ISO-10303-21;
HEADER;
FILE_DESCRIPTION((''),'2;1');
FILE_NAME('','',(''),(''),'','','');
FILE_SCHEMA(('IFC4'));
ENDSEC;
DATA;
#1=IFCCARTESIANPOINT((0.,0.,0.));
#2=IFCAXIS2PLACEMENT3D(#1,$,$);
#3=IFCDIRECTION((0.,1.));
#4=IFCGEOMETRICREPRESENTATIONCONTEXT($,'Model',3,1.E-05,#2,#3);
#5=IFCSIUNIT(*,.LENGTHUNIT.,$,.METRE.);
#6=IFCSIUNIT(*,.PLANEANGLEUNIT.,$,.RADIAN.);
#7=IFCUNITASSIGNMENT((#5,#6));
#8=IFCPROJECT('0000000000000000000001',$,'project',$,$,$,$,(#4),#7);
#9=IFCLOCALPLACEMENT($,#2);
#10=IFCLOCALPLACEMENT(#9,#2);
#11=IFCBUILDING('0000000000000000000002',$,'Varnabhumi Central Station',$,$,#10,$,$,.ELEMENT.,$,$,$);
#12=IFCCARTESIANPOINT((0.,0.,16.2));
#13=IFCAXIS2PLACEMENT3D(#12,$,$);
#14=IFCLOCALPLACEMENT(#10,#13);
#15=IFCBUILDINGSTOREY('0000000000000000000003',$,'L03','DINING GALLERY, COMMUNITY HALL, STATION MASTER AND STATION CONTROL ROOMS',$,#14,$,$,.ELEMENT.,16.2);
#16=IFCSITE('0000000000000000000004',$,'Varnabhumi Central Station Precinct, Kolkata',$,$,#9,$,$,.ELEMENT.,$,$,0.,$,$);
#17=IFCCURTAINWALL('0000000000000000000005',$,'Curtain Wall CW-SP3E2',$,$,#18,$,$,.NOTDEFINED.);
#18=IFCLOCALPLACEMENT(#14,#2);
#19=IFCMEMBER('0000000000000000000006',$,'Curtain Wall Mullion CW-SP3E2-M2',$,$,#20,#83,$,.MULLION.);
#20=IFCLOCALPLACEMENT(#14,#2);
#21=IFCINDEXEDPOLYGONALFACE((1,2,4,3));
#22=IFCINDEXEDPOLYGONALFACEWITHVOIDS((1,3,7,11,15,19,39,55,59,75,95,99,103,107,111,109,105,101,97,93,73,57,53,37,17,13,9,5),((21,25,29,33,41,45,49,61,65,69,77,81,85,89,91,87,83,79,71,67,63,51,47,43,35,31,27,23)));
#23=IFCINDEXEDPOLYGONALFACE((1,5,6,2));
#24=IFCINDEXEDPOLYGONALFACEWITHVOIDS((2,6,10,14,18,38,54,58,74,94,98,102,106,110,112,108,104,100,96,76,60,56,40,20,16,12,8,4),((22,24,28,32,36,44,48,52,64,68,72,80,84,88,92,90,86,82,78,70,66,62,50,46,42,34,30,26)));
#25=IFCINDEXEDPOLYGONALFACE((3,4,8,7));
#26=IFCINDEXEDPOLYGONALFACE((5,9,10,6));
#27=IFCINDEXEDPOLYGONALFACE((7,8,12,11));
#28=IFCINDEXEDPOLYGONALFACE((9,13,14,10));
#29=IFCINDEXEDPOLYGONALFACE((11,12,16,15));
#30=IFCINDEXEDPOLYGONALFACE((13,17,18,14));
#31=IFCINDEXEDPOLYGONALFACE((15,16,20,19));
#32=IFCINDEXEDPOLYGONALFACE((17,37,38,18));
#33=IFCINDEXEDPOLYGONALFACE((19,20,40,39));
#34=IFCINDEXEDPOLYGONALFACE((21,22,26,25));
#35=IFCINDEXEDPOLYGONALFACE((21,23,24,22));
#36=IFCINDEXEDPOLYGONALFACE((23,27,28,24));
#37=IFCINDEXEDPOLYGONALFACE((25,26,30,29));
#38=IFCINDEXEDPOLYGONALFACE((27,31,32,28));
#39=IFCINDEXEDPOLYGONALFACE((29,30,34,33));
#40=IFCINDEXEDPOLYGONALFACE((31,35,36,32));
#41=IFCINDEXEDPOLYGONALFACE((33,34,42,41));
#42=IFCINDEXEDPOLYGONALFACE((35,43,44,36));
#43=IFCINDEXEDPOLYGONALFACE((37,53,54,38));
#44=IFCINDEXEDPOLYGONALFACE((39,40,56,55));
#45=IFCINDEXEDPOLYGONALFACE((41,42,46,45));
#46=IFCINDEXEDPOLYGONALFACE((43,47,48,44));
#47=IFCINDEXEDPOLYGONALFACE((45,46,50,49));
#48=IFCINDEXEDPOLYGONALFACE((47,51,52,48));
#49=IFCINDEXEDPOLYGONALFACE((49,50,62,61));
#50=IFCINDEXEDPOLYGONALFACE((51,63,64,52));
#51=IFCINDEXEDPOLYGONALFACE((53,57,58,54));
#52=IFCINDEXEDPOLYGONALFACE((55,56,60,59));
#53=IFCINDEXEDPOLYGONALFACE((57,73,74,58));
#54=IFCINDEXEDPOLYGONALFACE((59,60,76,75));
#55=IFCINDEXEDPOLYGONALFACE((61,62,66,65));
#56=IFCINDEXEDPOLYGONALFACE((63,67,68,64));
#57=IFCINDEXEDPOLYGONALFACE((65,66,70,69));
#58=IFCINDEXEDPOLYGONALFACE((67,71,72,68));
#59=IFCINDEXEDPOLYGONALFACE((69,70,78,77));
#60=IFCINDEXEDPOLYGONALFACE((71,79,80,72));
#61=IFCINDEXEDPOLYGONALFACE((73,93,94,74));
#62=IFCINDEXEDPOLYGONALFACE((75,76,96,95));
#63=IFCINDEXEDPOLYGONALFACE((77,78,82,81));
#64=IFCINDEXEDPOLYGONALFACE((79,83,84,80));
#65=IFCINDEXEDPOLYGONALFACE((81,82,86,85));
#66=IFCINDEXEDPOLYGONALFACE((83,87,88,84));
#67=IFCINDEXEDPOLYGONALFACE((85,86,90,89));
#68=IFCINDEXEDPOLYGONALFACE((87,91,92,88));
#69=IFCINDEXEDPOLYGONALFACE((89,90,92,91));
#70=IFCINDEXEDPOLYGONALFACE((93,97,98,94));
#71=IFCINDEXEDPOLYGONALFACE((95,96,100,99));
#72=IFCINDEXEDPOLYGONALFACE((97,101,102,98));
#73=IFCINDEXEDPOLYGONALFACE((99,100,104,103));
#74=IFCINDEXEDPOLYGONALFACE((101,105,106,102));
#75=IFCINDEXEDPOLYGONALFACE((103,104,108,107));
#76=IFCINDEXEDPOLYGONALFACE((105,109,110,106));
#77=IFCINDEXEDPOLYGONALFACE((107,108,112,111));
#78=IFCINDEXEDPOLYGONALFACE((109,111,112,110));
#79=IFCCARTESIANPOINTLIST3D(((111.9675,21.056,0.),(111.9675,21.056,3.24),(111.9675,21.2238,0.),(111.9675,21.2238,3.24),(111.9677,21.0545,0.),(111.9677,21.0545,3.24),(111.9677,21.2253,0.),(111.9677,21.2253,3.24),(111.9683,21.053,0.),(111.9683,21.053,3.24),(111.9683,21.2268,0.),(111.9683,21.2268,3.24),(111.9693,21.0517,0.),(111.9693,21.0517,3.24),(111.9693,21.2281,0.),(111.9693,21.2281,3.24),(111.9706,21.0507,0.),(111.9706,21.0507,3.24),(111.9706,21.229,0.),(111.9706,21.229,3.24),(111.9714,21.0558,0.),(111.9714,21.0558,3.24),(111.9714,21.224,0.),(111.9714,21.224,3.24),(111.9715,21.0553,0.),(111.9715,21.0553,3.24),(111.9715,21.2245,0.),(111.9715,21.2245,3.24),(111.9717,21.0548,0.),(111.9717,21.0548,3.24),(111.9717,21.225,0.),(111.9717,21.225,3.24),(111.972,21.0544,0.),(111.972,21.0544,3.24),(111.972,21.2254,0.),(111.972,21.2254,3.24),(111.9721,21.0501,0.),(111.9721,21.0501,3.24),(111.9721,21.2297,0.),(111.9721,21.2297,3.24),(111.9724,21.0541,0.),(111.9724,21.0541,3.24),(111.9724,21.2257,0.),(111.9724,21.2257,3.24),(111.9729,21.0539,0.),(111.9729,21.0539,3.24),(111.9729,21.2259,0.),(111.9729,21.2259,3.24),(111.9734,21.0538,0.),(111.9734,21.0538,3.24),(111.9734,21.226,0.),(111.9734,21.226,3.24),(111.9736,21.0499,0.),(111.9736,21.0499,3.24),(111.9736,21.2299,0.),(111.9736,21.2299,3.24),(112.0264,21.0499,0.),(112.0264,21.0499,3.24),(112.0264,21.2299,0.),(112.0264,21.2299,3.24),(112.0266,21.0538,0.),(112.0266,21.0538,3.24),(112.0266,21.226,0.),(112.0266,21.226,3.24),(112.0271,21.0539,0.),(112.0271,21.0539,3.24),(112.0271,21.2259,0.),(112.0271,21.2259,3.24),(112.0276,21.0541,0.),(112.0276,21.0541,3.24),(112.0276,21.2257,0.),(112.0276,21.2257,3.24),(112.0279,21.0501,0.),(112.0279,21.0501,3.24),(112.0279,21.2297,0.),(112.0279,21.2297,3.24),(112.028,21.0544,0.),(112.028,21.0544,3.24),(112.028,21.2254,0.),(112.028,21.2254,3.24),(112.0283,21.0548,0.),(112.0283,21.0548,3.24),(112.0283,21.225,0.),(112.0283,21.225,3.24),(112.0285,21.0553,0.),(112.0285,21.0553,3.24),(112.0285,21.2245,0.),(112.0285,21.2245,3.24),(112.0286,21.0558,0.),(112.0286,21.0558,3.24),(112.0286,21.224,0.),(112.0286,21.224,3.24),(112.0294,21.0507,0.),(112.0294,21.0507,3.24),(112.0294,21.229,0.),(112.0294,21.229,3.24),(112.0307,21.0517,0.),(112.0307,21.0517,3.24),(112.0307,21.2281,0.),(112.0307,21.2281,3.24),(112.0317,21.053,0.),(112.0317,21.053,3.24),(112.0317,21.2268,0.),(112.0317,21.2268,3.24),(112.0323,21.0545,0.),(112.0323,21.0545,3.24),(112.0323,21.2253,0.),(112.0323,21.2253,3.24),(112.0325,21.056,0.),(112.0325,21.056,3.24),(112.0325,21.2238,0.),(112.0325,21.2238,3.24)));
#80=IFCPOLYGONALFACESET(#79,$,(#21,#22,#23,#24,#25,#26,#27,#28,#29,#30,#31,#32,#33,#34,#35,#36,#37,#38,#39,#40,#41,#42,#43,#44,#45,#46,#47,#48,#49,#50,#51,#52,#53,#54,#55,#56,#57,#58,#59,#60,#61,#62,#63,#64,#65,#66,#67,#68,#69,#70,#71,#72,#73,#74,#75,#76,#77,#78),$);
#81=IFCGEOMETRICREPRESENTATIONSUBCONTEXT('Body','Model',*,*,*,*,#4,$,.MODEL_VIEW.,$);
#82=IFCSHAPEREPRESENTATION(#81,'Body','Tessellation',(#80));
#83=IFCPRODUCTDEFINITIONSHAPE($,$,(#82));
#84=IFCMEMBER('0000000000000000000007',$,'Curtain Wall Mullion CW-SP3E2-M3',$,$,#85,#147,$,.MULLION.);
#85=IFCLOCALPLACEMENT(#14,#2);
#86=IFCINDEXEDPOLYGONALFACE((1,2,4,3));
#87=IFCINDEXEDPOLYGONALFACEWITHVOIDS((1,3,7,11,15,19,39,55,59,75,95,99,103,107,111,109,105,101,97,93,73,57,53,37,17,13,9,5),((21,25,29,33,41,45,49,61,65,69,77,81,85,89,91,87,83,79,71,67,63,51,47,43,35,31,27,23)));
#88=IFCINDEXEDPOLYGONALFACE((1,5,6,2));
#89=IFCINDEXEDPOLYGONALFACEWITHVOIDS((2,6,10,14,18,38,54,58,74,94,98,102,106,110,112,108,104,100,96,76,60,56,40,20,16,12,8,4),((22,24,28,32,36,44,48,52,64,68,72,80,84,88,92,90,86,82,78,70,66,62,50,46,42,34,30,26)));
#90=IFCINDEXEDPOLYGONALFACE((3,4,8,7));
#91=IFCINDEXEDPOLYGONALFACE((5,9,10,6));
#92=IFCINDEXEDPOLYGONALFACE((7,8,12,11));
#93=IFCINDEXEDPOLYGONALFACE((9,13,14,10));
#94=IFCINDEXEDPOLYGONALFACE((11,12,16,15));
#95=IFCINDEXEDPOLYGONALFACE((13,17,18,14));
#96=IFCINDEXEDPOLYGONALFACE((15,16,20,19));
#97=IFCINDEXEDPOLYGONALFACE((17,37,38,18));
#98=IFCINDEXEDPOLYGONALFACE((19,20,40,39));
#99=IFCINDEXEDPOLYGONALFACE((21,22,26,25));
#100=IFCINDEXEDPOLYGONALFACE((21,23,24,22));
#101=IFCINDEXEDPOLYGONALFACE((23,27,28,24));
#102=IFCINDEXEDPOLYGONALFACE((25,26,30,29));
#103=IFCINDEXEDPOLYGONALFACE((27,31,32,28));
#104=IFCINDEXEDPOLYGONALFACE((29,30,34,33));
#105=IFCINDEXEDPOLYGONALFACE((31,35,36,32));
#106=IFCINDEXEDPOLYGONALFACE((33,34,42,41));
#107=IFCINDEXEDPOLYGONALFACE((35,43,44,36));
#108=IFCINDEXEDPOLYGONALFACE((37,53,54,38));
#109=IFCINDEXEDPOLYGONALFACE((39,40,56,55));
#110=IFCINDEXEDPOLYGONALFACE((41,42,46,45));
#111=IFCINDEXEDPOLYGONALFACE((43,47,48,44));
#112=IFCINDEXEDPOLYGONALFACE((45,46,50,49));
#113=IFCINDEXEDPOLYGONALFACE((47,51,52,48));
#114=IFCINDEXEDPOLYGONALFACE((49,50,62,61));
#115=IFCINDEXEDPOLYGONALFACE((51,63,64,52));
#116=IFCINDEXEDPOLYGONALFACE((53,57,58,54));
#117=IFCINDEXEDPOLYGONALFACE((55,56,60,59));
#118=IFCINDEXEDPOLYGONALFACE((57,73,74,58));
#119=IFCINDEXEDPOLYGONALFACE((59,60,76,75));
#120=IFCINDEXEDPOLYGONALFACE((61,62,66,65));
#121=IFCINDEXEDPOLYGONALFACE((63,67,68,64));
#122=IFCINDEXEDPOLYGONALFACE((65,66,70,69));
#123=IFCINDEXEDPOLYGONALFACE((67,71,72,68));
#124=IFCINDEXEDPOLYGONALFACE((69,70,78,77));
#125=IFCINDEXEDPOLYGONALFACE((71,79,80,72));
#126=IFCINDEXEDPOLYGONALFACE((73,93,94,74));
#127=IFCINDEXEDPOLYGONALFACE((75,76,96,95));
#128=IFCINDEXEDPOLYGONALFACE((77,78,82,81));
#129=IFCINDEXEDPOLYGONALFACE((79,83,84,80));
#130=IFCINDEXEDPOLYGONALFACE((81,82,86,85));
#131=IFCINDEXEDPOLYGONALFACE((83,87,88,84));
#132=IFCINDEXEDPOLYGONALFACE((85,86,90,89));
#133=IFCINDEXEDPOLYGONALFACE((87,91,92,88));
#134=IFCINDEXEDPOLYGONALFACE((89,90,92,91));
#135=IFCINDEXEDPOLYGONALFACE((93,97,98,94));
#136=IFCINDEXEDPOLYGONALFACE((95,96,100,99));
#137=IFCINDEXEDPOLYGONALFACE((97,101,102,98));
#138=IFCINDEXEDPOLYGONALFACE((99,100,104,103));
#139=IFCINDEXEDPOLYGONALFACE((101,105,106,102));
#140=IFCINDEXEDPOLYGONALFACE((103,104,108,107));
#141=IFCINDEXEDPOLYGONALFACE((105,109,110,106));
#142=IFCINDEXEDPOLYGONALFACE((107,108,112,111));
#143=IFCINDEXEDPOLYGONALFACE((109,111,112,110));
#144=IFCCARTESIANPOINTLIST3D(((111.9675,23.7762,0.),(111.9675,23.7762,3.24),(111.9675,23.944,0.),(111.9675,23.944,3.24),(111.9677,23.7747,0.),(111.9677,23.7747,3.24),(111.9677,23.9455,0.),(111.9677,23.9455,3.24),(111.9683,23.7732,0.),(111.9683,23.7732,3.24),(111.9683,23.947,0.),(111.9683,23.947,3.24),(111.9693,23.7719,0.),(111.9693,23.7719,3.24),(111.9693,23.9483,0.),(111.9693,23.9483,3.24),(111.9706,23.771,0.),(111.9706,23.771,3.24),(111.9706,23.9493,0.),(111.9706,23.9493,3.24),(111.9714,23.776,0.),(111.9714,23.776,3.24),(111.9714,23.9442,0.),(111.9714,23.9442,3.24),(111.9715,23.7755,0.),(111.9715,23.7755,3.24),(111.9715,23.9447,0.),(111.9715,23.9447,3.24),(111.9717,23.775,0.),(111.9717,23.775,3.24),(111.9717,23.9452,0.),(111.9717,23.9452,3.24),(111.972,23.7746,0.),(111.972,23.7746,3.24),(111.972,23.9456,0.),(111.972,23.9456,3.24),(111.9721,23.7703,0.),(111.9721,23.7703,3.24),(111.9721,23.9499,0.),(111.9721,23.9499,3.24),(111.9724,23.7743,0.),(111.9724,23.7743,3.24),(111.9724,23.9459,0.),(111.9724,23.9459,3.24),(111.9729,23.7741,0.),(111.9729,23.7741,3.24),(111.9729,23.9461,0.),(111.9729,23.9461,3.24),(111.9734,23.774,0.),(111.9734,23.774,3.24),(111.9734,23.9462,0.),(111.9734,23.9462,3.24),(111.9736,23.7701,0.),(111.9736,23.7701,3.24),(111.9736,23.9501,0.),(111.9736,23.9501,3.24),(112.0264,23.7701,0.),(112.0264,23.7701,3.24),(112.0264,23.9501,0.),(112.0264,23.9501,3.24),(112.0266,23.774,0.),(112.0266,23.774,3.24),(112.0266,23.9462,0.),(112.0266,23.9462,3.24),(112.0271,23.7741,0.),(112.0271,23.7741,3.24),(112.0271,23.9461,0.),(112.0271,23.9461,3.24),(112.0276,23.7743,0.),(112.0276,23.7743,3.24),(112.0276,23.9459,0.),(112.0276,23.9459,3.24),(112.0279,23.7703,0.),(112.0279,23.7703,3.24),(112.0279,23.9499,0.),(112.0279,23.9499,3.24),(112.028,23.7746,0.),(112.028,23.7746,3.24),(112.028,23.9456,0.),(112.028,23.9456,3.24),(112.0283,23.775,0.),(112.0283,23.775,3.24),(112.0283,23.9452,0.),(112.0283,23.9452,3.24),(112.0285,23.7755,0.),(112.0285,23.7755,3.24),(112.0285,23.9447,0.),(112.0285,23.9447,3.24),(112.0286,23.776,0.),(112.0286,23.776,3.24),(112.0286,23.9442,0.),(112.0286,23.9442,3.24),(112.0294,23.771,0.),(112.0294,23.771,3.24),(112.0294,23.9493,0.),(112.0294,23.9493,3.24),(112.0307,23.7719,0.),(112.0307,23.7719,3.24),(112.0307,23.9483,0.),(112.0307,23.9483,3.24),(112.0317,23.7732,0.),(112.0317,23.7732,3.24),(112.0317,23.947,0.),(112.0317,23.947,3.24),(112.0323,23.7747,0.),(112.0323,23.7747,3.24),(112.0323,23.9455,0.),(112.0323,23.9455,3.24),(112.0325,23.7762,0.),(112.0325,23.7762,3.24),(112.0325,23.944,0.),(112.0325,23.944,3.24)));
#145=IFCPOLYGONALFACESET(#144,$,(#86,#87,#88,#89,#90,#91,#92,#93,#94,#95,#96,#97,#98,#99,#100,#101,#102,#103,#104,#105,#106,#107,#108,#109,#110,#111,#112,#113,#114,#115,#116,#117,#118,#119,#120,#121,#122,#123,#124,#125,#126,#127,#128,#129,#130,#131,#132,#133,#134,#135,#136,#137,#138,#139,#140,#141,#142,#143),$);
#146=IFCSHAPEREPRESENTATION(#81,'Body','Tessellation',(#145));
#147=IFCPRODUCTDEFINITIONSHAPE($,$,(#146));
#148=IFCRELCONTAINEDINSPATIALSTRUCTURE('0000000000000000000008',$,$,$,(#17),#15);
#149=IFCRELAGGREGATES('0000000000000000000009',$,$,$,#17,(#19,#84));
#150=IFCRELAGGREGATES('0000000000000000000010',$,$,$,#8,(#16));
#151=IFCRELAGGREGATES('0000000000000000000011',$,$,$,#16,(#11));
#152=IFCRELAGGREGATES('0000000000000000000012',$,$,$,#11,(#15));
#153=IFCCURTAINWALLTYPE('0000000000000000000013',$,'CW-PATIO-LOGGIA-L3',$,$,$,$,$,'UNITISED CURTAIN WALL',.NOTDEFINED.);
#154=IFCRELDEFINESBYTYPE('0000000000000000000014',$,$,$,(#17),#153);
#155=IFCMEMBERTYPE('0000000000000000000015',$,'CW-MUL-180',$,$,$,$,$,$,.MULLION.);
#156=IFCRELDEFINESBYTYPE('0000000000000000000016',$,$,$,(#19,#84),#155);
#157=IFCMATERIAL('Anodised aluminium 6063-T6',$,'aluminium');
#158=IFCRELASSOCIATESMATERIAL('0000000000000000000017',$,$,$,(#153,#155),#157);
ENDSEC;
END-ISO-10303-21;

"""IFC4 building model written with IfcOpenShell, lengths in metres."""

from ifc_helpers import new_model, si_unit, direction, frame, origin, origin_2d, place, context, subcontext, project, spatial, hollow_rectangle, extrude, material, material_profile, profile_set, type_object, element, aggregate, save


model = new_model("IFC4")

# Units and contexts
model_context = context("Model", 3, precision=1e-05, world=origin(), true_north=direction((0.0, 1.0)))
body_context = subcontext(model_context, "Body", "Model", "MODEL_VIEW")
ifc_project = project(units=[si_unit("LENGTHUNIT", "METRE"), si_unit("PLANEANGLEUNIT", "RADIAN")], contexts=[model_context])

# Site, building, storey
site_placement = place(None, origin())
site = spatial("IfcSite", under=ifc_project, at=site_placement, Name="Varnabhumi Central Station Precinct, Kolkata", CompositionType="ELEMENT", RefElevation=0.0)
building_placement = place(site_placement, origin())
building = spatial("IfcBuilding", under=site, at=building_placement, Name="Varnabhumi Central Station", CompositionType="ELEMENT")
storey_placement = place(building_placement, frame((0.0, 0.0, 16.2)))
storey = spatial("IfcBuildingStorey", under=building, at=storey_placement, Name="L03", Description="DINING GALLERY, COMMUNITY HALL, STATION MASTER AND STATION CONTROL ROOMS", CompositionType="ELEMENT", Elevation=16.2)

# Curtain wall, members
ifc_material_1 = material(Name="Anodised aluminium 6063-T6", Category="aluminium")
curtain_wall_type = type_object("IfcCurtainWallType", Name="CW-PATIO-LOGGIA-L3", ElementType="UNITISED CURTAIN WALL", PredefinedType="NOTDEFINED", material=ifc_material_1)
ifc_material_profile_1 = material_profile(ifc_material_1, hollow_rectangle(XDim=0.0649, YDim=0.1799, WallThickness=0.0039, InnerFilletRadius=0.002, OuterFilletRadius=0.0061, at=origin_2d()), Name="Anodised aluminium 6063-T6", Category="aluminium")
ifc_profile_set_1 = profile_set([ifc_material_profile_1], Name="Anodised aluminium 6063-T6")
member_type_1 = type_object("IfcMemberType", Name="CW-MUL-180", PredefinedType="MULLION", material=ifc_profile_set_1)
curtain_wall_1_placement = place(storey_placement, origin())
curtain_wall_1 = element("IfcCurtainWall", 1, at=curtain_wall_1_placement, inside=storey, type_object=curtain_wall_type, Name="Curtain Wall CW-SP3E2", PredefinedType="NOTDEFINED")
member_1_placement = place(storey_placement, frame((112.0, 21.1399, 0.0), z_axis=(0.0, 0.0, 1.0), x_axis=(1.0, 0.0, 0.0)))
member_1 = element("IfcMember", 2, at=member_1_placement, type_object=member_type_1, Name="Curtain Wall Mullion CW-SP3E2-M2", PredefinedType="MULLION", context=body_context, shape_type="SweptSolid", body=[
    extrude(hollow_rectangle(XDim=0.0649, YDim=0.1799, WallThickness=0.0039, InnerFilletRadius=0.002, OuterFilletRadius=0.0061, at=origin_2d()), origin(), (0.0, 0.0, 1.0), 3.24),
])
member_2_placement = place(storey_placement, frame((112.0, 23.8601, 0.0), z_axis=(0.0, 0.0, 1.0), x_axis=(1.0, 0.0, 0.0)))
member_2 = element("IfcMember", 3, at=member_2_placement, type_object=member_type_1, Name="Curtain Wall Mullion CW-SP3E2-M3", PredefinedType="MULLION", context=body_context, shape_type="SweptSolid", body=[
    extrude(hollow_rectangle(XDim=0.0649, YDim=0.1799, WallThickness=0.0039, InnerFilletRadius=0.002, OuterFilletRadius=0.0061, at=origin_2d()), origin(), (0.0, 0.0, 1.0), 3.24),
])

aggregate(curtain_wall_1, [member_1, member_2])

save(model, "model.ifc")
